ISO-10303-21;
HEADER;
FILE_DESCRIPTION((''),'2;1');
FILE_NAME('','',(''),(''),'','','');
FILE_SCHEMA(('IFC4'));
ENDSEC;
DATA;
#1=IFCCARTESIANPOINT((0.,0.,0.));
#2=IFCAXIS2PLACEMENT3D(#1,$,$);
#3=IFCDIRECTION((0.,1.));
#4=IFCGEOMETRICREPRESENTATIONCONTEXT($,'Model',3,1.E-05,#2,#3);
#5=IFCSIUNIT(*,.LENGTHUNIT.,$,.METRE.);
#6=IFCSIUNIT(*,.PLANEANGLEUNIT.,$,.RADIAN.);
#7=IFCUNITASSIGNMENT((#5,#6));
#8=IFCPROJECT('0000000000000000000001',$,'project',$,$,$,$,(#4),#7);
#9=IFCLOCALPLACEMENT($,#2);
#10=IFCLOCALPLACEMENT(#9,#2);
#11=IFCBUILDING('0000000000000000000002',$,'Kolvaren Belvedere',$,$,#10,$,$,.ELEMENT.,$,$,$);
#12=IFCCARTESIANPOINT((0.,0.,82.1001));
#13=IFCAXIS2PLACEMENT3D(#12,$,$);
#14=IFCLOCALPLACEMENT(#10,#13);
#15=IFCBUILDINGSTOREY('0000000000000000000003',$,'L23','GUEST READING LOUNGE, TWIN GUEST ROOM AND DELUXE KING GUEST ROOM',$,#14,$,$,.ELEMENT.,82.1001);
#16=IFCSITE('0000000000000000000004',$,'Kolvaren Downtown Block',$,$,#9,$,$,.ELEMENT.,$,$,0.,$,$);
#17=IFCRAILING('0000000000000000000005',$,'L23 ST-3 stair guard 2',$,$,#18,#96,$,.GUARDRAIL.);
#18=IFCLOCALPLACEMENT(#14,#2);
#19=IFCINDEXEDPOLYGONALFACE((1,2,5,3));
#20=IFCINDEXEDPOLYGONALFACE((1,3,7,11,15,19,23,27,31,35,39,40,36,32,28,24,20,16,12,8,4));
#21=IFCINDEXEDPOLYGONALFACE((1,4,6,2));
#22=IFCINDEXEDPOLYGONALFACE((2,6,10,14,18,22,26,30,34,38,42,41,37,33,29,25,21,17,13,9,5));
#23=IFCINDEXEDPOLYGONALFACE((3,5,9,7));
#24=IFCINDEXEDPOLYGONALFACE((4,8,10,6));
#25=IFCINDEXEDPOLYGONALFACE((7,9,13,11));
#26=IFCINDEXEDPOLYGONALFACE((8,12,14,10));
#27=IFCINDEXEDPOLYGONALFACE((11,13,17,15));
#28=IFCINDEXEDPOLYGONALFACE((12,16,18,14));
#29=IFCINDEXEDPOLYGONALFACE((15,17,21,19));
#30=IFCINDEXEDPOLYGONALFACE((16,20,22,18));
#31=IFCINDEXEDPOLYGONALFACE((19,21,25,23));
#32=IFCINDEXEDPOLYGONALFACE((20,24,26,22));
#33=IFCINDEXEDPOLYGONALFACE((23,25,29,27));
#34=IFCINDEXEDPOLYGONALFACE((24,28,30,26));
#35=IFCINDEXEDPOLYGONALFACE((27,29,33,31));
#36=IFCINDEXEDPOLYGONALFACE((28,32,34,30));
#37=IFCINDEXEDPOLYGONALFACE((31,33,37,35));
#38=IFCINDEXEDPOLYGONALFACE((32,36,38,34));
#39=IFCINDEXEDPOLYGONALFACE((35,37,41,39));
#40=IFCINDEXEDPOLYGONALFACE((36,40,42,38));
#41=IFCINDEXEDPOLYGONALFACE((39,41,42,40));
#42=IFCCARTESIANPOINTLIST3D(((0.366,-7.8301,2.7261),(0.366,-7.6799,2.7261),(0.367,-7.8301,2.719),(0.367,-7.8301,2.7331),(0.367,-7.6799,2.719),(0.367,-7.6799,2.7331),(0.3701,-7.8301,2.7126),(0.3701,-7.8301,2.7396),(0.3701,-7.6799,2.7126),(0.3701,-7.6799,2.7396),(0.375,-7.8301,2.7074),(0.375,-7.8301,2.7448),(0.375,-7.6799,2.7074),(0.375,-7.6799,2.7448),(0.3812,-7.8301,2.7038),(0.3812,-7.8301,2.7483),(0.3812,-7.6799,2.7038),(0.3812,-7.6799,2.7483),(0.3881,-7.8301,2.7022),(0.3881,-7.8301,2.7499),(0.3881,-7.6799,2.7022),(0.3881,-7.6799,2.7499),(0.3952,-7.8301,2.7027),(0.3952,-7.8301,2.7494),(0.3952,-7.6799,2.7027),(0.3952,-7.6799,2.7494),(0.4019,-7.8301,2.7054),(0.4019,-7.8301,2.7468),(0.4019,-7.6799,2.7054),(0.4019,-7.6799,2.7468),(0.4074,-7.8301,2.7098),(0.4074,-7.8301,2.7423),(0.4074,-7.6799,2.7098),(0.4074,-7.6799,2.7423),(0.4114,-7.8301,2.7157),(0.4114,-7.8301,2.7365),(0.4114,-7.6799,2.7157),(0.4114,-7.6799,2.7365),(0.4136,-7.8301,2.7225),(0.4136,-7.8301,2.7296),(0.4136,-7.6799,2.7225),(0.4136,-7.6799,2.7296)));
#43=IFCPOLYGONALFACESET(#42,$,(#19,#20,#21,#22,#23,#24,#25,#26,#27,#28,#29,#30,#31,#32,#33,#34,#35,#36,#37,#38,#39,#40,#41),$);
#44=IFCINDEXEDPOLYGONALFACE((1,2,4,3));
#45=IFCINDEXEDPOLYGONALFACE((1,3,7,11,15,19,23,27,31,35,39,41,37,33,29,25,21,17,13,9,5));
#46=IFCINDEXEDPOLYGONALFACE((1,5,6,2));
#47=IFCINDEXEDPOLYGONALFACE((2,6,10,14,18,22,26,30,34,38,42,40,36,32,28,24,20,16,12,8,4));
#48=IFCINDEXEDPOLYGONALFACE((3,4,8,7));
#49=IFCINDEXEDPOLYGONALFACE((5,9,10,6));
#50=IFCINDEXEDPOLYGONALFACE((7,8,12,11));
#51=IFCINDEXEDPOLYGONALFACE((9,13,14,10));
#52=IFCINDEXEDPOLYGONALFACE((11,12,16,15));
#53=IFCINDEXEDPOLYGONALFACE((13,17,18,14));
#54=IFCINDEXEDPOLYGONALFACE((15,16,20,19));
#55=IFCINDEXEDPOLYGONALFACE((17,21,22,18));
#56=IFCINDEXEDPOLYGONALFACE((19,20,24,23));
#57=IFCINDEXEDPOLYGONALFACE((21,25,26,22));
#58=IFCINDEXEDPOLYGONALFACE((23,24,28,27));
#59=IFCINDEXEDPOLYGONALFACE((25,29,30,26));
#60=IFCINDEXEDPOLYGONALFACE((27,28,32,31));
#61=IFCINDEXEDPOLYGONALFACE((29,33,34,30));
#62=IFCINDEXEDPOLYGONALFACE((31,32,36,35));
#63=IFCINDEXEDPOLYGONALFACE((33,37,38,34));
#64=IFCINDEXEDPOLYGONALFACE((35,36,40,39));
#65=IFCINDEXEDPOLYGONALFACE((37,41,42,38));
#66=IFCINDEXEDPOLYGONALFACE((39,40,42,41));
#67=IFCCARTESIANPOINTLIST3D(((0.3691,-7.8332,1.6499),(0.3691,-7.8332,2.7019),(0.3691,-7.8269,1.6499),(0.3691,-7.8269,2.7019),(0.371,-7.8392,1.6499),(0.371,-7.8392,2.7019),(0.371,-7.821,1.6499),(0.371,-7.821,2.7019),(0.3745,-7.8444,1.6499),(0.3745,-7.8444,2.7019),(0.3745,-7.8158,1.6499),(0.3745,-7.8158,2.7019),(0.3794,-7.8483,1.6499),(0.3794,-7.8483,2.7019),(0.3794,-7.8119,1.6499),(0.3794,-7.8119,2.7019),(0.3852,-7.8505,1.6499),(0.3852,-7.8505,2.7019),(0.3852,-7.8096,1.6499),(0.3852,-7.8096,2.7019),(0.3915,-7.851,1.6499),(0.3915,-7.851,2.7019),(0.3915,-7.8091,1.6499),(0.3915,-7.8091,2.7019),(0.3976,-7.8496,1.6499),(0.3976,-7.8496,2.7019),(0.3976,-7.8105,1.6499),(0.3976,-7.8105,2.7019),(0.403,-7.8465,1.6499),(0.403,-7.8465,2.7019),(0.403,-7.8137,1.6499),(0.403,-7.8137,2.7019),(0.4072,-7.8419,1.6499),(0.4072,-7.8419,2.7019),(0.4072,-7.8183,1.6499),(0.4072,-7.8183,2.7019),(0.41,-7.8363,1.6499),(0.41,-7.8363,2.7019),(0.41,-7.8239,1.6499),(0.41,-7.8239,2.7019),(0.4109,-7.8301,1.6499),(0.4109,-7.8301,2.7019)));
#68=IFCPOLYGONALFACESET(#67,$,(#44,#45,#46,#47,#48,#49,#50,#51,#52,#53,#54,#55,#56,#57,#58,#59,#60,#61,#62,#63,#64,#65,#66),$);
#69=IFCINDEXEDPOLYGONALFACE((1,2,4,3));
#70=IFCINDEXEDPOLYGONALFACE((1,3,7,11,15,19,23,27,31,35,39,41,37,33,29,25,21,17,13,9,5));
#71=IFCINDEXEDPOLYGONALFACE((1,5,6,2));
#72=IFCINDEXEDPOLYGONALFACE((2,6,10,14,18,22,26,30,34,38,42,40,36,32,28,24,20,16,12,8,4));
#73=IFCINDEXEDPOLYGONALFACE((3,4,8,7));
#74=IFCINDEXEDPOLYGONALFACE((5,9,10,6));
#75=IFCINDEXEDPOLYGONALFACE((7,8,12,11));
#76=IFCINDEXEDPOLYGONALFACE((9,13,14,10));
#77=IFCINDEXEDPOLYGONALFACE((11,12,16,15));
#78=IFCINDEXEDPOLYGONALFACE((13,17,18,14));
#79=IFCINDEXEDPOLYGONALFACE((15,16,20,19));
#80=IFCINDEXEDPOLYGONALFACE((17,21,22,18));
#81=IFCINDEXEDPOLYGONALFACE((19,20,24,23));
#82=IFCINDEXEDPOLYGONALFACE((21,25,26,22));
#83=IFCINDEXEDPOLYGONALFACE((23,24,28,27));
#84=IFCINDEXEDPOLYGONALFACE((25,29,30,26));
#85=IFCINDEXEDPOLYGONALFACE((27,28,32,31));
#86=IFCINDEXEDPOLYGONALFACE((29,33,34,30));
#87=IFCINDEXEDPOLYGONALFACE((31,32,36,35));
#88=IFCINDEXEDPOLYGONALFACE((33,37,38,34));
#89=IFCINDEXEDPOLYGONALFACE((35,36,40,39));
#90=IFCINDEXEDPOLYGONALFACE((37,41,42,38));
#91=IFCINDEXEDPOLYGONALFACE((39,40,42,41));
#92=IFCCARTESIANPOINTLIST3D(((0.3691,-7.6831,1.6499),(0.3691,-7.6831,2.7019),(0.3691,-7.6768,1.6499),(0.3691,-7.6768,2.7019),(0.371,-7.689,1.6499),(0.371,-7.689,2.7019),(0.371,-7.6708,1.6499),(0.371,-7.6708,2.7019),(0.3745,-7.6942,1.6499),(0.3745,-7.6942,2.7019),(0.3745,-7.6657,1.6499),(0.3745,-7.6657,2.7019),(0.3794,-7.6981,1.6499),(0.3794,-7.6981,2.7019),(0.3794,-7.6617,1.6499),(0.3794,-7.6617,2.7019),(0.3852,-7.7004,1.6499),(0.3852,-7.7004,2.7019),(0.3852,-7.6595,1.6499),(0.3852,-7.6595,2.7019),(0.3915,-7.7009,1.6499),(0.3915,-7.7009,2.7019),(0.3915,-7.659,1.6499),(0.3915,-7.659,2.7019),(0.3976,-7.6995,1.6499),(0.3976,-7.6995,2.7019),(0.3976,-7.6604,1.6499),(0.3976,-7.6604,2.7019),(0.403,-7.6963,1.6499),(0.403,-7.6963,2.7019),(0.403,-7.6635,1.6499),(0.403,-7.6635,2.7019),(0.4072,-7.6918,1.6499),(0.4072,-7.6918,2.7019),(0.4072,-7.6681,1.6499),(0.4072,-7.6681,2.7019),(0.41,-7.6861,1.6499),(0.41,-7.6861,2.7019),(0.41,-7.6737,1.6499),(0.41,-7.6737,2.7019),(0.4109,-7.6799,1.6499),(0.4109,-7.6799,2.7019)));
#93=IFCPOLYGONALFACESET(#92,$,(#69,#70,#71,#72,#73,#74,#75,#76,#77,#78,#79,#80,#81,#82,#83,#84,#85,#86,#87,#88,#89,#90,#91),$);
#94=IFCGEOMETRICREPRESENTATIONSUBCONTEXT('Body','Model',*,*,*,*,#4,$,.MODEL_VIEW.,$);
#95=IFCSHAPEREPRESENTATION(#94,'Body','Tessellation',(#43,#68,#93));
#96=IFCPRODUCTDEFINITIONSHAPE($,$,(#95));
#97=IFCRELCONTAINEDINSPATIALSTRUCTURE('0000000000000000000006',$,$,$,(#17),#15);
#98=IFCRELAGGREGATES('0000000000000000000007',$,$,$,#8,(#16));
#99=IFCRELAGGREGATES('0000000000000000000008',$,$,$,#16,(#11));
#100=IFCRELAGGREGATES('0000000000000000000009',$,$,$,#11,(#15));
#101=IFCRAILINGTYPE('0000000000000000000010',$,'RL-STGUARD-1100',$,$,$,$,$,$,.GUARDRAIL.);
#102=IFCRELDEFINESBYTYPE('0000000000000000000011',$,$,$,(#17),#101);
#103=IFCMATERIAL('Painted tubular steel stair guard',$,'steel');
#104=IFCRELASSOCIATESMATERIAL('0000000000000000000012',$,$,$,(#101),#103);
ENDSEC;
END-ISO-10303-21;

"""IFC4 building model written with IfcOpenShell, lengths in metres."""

from ifc_helpers import new_model, si_unit, direction, frame, origin, origin_2d, place, context, subcontext, project, spatial, circle, extrude, material, type_object, element, save


model = new_model("IFC4")

# Units and contexts
model_context = context("Model", 3, precision=1e-05, world=origin(), true_north=direction((0.0, 1.0)))
body_context = subcontext(model_context, "Body", "Model", "MODEL_VIEW")
ifc_project = project(units=[si_unit("LENGTHUNIT", "METRE"), si_unit("PLANEANGLEUNIT", "RADIAN")], contexts=[model_context])

# Site, building, storey
site_placement = place(None, origin())
site = spatial("IfcSite", under=ifc_project, at=site_placement, Name="Kolvaren Downtown Block", CompositionType="ELEMENT", RefElevation=0.0)
building_placement = place(site_placement, origin())
building = spatial("IfcBuilding", under=site, at=building_placement, Name="Kolvaren Belvedere", CompositionType="ELEMENT")
storey_placement = place(building_placement, frame((0.0, 0.0, 82.1001)))
storey = spatial("IfcBuildingStorey", under=building, at=storey_placement, Name="L23", Description="GUEST READING LOUNGE, TWIN GUEST ROOM AND DELUXE KING GUEST ROOM", CompositionType="ELEMENT", Elevation=82.1001)

# Railing
ifc_material_1 = material(Name="Painted tubular steel stair guard", Category="steel")
railing_type_1 = type_object("IfcRailingType", Name="RL-STGUARD-1100", PredefinedType="GUARDRAIL", material=ifc_material_1)
railing_1_placement = place(storey_placement, frame((0.3899, -7.8301, 1.6499)))
element("IfcRailing", 1, at=railing_1_placement, inside=storey, type_object=railing_type_1, Name="L23 ST-3 stair guard 2", PredefinedType="GUARDRAIL", context=body_context, shape_type="SweptSolid", body=[
    extrude(circle(Radius=0.0239, at=origin_2d()), frame((0.0, 0.0, 1.0762), z_axis=(0.0, 1.0, 0.0), x_axis=(-1.0, 0.0, 0.0)), (0.0, 0.0, 1.0), 0.1501),
    extrude(circle(Radius=0.021, at=origin_2d()), origin(), (0.0, 0.0, 1.0), 1.052),
    extrude(circle(Radius=0.021, at=origin_2d()), frame((0.0, 0.1501, 0.0)), (0.0, 0.0, 1.0), 1.052),
])

save(model, "model.ifc")
